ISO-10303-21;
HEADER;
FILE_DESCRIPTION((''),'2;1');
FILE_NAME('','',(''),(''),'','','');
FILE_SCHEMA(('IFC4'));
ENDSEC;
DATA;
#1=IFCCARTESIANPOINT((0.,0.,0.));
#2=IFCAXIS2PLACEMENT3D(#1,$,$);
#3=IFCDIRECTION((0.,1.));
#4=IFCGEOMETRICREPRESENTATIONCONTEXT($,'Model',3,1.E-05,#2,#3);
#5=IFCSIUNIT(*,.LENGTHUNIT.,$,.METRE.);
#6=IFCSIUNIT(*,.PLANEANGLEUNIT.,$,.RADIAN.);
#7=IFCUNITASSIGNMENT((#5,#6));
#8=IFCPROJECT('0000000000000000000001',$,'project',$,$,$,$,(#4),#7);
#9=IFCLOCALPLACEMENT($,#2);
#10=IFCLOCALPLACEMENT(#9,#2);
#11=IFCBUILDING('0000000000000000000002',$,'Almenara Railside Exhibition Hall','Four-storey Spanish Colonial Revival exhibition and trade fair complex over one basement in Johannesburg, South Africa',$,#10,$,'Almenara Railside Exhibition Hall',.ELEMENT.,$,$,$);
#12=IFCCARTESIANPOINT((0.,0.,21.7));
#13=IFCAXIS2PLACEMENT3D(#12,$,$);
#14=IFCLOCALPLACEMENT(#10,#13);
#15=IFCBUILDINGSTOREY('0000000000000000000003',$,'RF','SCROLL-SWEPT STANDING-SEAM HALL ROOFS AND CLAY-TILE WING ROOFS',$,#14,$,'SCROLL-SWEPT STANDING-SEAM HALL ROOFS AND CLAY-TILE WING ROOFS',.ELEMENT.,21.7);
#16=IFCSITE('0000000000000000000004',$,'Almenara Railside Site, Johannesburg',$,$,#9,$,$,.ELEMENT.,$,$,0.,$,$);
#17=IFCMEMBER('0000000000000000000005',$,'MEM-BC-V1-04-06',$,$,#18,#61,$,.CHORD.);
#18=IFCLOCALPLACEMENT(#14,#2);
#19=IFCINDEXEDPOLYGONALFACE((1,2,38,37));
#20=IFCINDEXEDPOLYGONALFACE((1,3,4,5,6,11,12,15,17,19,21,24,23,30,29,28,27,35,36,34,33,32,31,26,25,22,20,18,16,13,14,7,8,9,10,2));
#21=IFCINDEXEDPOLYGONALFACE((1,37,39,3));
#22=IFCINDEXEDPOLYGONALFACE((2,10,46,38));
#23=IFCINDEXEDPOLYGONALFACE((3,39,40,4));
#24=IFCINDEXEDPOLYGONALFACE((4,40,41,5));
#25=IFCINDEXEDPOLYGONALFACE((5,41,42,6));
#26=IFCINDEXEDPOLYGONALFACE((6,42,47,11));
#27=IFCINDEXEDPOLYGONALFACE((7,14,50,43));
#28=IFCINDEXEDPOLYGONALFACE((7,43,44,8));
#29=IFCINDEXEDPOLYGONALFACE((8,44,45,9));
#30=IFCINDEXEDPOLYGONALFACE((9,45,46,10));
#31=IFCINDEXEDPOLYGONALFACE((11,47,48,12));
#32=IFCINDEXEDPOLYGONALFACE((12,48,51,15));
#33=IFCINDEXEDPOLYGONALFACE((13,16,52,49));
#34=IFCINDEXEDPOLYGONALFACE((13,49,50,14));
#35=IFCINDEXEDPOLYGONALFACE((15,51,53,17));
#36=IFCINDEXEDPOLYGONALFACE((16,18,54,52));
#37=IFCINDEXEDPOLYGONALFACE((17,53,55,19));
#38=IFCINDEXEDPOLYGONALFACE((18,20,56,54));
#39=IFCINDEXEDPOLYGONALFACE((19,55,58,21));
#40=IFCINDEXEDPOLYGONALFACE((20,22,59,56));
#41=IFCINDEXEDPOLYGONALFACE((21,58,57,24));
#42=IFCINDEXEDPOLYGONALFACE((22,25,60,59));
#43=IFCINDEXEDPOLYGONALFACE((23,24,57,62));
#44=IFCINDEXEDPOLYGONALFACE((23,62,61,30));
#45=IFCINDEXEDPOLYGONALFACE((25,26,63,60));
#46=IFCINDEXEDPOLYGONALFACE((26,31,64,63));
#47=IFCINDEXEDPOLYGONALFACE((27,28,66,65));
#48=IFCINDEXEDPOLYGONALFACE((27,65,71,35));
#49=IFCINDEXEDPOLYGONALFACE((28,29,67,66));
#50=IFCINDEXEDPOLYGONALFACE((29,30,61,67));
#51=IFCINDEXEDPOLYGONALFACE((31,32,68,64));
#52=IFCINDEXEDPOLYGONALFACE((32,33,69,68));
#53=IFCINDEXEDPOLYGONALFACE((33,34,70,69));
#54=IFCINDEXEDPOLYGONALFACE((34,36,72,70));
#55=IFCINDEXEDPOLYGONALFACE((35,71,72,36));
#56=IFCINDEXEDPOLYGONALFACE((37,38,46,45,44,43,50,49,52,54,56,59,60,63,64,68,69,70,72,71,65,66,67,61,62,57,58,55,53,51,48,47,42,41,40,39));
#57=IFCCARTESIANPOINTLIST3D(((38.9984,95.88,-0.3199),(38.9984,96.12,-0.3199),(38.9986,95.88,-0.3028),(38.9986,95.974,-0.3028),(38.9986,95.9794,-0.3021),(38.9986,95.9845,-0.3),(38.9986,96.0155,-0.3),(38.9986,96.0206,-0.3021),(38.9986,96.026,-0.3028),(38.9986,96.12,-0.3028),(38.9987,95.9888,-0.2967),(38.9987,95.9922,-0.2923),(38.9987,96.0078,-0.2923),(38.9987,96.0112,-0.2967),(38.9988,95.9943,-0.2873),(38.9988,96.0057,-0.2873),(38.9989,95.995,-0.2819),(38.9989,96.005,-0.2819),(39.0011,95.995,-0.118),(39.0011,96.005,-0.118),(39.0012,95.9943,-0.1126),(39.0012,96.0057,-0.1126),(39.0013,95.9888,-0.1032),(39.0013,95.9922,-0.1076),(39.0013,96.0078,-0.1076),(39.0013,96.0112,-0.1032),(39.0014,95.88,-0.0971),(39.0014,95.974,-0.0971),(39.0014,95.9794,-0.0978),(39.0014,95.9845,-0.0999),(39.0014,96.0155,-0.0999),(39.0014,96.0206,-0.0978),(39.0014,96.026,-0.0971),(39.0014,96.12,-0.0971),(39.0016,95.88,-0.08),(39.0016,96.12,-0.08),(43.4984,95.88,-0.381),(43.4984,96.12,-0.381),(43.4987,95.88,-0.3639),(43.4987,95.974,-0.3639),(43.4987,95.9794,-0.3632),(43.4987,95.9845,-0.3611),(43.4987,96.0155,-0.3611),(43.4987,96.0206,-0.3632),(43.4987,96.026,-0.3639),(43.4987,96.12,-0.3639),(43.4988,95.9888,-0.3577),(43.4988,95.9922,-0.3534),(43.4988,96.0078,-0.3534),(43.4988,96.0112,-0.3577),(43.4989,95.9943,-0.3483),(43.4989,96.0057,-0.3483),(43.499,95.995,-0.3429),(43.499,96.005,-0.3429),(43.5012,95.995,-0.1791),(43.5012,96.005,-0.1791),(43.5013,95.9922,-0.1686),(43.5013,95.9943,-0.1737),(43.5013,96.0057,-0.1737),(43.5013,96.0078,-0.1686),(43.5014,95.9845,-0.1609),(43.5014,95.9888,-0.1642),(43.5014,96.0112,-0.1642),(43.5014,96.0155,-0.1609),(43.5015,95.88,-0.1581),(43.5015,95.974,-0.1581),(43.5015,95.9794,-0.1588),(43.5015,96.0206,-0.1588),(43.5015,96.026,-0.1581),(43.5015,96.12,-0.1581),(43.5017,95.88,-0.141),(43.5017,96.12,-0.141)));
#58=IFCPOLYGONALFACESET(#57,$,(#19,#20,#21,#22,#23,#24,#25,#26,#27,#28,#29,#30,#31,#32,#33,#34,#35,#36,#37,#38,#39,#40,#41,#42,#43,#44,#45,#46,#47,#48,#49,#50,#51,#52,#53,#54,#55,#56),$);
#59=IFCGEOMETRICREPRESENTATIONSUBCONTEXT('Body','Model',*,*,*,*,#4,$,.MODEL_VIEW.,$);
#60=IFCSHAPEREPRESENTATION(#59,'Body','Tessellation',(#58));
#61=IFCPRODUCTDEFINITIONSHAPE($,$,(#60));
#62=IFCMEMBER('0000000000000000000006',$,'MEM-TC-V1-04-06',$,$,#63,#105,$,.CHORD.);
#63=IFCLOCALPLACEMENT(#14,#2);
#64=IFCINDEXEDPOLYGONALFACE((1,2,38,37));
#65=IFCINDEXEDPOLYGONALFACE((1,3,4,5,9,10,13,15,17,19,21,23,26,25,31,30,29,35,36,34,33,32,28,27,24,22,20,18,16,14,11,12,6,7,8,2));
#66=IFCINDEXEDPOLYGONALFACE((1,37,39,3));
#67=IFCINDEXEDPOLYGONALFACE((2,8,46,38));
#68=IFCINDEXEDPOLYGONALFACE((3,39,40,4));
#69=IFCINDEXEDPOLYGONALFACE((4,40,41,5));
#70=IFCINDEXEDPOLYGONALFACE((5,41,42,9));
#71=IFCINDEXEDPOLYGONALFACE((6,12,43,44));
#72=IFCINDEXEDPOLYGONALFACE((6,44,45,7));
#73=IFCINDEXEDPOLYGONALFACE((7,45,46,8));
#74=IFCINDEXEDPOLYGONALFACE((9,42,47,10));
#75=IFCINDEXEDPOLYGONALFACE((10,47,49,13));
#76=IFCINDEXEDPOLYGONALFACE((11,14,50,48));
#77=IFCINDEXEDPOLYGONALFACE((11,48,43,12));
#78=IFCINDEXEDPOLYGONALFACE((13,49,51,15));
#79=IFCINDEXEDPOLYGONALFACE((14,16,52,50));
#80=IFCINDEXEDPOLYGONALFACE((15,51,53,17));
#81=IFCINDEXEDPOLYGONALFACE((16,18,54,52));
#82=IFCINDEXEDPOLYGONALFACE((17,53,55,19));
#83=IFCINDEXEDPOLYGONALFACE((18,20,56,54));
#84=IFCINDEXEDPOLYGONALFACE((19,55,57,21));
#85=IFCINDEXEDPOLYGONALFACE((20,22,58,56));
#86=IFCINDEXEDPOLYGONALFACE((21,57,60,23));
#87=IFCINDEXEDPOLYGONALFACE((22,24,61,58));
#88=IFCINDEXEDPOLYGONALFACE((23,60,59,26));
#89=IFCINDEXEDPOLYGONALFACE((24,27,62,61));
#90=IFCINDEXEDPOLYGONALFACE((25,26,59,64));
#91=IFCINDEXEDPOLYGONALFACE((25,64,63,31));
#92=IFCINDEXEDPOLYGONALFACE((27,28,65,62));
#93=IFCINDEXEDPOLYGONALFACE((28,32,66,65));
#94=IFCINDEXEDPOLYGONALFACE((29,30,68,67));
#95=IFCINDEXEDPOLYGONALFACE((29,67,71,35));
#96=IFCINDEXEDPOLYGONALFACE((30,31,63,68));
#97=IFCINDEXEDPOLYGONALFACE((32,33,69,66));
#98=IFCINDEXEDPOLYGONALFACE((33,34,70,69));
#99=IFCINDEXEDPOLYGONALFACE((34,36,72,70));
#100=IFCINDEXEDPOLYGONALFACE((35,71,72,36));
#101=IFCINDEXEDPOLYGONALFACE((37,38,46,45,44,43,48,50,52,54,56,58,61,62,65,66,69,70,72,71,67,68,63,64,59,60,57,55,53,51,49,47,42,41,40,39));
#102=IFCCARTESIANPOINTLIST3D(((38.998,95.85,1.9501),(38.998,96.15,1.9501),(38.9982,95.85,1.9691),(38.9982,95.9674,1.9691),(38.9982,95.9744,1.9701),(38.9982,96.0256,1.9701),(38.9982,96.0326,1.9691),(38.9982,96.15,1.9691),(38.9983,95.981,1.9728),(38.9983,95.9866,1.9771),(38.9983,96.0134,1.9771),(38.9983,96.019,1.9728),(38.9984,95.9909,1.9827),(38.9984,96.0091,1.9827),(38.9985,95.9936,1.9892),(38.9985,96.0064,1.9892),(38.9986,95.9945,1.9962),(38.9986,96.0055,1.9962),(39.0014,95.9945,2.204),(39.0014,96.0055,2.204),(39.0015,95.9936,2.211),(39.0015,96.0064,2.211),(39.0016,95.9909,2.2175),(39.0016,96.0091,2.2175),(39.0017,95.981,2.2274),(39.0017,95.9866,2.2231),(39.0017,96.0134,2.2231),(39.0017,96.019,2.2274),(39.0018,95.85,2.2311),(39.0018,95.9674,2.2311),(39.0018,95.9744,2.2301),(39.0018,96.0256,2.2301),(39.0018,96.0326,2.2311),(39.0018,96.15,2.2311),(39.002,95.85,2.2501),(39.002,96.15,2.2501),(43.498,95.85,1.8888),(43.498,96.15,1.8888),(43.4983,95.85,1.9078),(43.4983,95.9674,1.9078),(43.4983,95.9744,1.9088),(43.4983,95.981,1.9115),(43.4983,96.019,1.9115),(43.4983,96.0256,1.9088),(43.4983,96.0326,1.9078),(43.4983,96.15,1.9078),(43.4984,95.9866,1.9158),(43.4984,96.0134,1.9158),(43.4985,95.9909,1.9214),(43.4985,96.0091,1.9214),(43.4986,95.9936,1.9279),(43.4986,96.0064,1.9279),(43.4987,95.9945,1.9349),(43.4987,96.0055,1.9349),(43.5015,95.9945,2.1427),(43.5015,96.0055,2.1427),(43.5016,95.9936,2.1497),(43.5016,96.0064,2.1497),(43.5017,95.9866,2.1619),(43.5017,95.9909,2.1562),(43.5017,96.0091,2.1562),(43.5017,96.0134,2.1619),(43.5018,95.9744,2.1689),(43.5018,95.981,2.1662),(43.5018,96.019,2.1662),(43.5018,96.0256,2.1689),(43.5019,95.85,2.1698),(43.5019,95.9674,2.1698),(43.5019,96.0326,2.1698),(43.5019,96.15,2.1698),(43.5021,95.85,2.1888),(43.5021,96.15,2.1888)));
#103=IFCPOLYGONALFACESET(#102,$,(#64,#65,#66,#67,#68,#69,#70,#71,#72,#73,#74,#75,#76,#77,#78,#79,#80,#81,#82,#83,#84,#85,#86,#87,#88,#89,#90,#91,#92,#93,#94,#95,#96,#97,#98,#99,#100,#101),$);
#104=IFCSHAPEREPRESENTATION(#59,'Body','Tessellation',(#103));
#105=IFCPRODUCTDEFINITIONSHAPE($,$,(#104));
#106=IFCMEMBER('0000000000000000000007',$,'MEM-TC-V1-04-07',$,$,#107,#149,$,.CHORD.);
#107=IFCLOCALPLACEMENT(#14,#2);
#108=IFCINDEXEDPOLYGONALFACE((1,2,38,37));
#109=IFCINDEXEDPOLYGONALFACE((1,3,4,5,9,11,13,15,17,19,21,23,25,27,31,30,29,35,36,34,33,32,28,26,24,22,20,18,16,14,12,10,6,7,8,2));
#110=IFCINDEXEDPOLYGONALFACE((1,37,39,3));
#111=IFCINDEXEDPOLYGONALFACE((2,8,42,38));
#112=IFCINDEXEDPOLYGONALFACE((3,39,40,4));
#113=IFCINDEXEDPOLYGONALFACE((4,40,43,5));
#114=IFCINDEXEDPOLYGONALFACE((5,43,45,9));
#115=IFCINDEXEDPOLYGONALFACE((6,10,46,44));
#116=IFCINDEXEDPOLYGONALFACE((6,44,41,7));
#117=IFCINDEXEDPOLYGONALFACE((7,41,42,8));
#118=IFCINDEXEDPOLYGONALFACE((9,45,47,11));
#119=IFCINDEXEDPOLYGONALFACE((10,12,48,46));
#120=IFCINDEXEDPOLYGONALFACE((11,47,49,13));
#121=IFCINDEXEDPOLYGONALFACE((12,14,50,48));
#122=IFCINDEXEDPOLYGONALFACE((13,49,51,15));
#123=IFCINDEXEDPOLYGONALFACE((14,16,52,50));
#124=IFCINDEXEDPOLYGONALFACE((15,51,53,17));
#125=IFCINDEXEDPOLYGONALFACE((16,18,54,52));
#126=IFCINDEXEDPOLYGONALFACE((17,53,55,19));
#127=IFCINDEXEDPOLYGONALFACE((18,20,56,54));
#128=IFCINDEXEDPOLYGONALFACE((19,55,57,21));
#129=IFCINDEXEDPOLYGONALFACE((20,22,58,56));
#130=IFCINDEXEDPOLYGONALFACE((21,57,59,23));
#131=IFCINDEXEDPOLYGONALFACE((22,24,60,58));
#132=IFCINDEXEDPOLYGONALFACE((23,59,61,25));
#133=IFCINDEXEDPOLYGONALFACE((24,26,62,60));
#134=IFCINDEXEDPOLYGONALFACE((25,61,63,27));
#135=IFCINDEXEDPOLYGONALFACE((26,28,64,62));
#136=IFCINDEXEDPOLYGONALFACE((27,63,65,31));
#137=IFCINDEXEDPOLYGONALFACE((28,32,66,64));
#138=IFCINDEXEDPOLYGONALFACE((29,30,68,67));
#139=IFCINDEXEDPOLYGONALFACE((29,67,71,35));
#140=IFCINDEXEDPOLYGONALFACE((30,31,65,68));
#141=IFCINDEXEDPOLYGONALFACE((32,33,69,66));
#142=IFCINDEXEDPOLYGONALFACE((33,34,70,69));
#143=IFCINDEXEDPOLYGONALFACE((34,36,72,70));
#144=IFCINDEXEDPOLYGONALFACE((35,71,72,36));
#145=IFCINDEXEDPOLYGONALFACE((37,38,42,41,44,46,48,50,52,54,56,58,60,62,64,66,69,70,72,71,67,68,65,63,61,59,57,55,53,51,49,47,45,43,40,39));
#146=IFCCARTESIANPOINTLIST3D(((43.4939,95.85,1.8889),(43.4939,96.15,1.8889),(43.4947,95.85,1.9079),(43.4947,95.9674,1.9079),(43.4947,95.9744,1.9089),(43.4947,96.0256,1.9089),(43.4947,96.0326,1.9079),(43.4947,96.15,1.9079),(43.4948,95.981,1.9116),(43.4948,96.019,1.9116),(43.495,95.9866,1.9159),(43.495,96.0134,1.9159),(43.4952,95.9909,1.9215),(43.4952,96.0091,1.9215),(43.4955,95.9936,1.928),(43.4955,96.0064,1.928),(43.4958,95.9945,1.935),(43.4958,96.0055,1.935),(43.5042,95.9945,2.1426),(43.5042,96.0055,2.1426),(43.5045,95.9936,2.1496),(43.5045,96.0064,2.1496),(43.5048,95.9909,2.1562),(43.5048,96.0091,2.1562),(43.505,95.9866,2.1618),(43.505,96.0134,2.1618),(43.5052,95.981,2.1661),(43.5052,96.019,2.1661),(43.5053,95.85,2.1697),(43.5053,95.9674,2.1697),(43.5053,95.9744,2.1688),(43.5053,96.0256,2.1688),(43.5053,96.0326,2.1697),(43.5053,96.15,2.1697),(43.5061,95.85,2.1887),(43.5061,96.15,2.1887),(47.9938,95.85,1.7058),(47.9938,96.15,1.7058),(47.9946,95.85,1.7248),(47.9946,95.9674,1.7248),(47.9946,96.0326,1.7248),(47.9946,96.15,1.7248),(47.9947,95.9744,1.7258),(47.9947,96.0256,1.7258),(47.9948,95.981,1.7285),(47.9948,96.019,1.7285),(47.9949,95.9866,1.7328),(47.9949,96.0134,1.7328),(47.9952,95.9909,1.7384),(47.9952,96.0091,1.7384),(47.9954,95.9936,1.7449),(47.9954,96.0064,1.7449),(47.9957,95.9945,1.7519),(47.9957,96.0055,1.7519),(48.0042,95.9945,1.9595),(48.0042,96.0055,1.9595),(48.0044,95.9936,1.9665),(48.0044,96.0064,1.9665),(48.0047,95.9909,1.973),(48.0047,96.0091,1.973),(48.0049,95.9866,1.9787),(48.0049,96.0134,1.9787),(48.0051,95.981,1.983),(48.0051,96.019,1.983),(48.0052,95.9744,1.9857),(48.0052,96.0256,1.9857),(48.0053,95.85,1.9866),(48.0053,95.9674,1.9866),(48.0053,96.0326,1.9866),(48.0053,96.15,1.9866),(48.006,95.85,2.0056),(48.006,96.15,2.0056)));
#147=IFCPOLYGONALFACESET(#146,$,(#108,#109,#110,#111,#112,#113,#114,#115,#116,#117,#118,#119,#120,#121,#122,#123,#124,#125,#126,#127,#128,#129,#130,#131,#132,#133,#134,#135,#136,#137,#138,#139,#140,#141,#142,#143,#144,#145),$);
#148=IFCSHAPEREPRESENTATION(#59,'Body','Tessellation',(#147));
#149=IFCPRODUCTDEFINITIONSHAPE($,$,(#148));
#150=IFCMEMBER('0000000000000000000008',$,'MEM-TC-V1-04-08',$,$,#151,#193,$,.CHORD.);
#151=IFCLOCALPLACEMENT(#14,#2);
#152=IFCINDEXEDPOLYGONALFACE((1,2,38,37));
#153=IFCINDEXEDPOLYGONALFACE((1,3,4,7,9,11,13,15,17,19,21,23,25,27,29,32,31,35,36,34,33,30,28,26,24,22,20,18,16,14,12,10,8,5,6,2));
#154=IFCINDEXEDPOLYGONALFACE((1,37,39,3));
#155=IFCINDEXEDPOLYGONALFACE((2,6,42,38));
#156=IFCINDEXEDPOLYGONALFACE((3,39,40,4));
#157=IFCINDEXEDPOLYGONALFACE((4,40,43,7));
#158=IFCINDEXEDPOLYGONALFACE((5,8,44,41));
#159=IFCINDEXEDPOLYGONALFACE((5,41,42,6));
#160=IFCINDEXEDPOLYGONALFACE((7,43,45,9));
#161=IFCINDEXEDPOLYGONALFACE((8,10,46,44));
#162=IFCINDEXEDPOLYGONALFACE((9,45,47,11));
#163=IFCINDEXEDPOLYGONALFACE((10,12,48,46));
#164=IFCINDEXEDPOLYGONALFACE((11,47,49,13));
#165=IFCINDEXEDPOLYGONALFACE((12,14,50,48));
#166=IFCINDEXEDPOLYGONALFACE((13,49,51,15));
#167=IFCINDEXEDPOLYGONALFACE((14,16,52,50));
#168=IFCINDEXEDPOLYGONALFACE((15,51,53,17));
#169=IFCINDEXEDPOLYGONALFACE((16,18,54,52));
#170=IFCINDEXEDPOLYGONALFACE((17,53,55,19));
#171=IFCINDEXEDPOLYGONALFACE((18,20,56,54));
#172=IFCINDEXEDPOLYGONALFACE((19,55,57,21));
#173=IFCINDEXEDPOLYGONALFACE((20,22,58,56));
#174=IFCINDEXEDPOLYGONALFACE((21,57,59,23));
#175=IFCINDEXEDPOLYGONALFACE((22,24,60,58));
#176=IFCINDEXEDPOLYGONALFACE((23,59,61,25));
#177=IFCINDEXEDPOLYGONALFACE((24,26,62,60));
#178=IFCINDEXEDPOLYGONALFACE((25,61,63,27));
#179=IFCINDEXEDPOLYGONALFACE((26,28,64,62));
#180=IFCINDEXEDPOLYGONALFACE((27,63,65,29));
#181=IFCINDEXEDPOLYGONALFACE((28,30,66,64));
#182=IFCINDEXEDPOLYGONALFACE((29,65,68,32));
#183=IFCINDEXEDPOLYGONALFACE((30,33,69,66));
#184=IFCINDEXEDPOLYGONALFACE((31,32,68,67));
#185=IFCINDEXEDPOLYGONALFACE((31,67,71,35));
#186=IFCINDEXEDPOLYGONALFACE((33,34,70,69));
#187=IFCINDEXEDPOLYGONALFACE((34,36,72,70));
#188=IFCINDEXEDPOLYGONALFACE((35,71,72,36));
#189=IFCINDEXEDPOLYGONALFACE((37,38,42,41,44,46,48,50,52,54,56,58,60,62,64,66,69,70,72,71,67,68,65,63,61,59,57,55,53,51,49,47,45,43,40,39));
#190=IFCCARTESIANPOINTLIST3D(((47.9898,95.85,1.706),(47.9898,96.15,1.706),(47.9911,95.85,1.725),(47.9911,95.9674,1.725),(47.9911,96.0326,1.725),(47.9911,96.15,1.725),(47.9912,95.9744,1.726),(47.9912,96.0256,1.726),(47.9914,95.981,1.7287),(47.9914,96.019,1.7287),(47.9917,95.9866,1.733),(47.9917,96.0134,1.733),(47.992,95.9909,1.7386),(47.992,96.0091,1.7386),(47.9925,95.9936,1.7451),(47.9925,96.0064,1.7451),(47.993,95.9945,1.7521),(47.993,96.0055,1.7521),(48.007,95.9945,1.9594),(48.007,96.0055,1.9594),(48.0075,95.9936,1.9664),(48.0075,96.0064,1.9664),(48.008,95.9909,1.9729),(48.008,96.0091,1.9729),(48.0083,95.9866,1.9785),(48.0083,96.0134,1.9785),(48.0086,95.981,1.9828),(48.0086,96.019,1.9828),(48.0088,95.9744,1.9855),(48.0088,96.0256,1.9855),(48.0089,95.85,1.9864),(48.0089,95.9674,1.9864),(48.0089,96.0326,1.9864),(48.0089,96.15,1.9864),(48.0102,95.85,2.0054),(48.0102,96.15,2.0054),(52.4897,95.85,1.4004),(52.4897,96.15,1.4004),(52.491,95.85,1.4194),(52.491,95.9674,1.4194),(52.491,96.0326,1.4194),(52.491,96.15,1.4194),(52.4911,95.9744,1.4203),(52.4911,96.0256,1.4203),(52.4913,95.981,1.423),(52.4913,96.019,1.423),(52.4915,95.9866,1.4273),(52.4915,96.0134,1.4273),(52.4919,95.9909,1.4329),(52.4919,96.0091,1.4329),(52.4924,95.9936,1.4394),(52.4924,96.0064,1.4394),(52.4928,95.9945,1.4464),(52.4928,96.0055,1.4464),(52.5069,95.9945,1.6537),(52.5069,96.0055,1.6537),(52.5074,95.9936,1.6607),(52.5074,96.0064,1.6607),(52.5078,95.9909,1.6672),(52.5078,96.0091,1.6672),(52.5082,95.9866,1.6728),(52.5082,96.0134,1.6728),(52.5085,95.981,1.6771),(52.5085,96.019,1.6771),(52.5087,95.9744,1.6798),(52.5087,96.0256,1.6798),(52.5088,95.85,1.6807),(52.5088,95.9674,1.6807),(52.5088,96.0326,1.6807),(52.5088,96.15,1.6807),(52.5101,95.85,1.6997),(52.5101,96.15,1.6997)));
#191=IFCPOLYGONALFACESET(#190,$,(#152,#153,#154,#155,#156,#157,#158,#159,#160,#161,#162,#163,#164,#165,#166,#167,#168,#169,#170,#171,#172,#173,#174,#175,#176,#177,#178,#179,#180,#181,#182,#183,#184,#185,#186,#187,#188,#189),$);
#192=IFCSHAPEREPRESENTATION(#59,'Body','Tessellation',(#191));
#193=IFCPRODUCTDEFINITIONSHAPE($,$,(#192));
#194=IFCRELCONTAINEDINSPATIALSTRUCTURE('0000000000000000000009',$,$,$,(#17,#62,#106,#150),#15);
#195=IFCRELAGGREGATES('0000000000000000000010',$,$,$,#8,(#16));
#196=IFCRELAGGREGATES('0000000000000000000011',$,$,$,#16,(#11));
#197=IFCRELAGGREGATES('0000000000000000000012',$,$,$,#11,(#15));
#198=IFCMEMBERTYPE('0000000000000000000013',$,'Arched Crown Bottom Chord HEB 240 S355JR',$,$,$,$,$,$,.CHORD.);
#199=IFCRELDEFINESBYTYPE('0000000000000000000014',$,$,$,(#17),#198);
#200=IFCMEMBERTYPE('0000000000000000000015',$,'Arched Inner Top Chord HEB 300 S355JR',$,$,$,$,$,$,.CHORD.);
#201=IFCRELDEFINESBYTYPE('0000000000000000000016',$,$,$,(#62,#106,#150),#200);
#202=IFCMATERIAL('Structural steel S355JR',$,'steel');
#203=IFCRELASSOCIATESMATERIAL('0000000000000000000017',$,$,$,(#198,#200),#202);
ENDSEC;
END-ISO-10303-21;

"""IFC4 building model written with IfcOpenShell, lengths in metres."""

from ifc_helpers import new_model, si_unit, direction, frame, origin, origin_2d, place, context, subcontext, project, spatial, i_section, extrude, material, material_profile, profile_set, type_object, element, save


model = new_model("IFC4")

# Units and contexts
model_context = context("Model", 3, precision=1e-05, world=origin(), true_north=direction((0.0, 1.0)))
body_context = subcontext(model_context, "Body", "Model", "MODEL_VIEW")
ifc_project = project(units=[si_unit("LENGTHUNIT", "METRE"), si_unit("PLANEANGLEUNIT", "RADIAN")], contexts=[model_context])

# Site, building, storey
site_placement = place(None, origin())
site = spatial("IfcSite", under=ifc_project, at=site_placement, Name="Almenara Railside Site, Johannesburg", CompositionType="ELEMENT", RefElevation=0.0)
building_placement = place(site_placement, origin())
building = spatial("IfcBuilding", under=site, at=building_placement, Name="Almenara Railside Exhibition Hall", Description="Four-storey Spanish Colonial Revival exhibition and trade fair complex over one basement in Johannesburg, South Africa", LongName="Almenara Railside Exhibition Hall", CompositionType="ELEMENT")
storey_placement = place(building_placement, frame((0.0, 0.0, 21.7)))
storey = spatial("IfcBuildingStorey", under=building, at=storey_placement, Name="RF", Description="SCROLL-SWEPT STANDING-SEAM HALL ROOFS AND CLAY-TILE WING ROOFS", LongName="SCROLL-SWEPT STANDING-SEAM HALL ROOFS AND CLAY-TILE WING ROOFS", CompositionType="ELEMENT", Elevation=21.7)

# Members
ifc_material_1 = material(Name="Structural steel S355JR", Category="steel")
ifc_material_profile_1 = material_profile(ifc_material_1, i_section(OverallWidth=0.24, OverallDepth=0.24, WebThickness=0.01, FlangeThickness=0.0171, FilletRadius=0.021, at=origin_2d()), Name="HEB 240")
ifc_profile_set_1 = profile_set([ifc_material_profile_1], Name="Structural steel S355JR")
member_type_1 = type_object("IfcMemberType", Name="Arched Crown Bottom Chord HEB 240 S355JR", PredefinedType="CHORD", material=ifc_profile_set_1)
member_1_placement = place(storey_placement, frame((39.0, 96.0, -0.2), z_axis=(0.999908, 0.0, -0.013562), x_axis=(0.0, 1.0, 0.0)))
element("IfcMember", 1, at=member_1_placement, inside=storey, type_object=member_type_1, Name="MEM-BC-V1-04-06", PredefinedType="CHORD", context=body_context, shape_type="SweptSolid", body=[
    extrude(i_section(OverallWidth=0.24, OverallDepth=0.24, WebThickness=0.01, FlangeThickness=0.0171, FilletRadius=0.021, at=origin_2d()), origin(), (0.0, 0.0, 1.0), 4.5005),
])
ifc_material_profile_2 = material_profile(ifc_material_1, i_section(OverallWidth=0.3, OverallDepth=0.3, WebThickness=0.011, FlangeThickness=0.019, FilletRadius=0.0271, at=origin_2d()), Name="HEB 300")
ifc_profile_set_2 = profile_set([ifc_material_profile_2], Name="Structural steel S355JR")
member_type_2 = type_object("IfcMemberType", Name="Arched Inner Top Chord HEB 300 S355JR", PredefinedType="CHORD", material=ifc_profile_set_2)
member_2_placement = place(storey_placement, frame((39.0, 96.0, 2.1001), z_axis=(0.999907, 0.0, -0.013616), x_axis=(0.0, 1.0, 0.0)))
element("IfcMember", 2, at=member_2_placement, inside=storey, type_object=member_type_2, Name="MEM-TC-V1-04-06", PredefinedType="CHORD", context=body_context, shape_type="SweptSolid", body=[
    extrude(i_section(OverallWidth=0.3, OverallDepth=0.3, WebThickness=0.011, FlangeThickness=0.019, FilletRadius=0.0271, at=origin_2d()), origin(), (0.0, 0.0, 1.0), 4.5005),
])
member_3_placement = place(storey_placement, frame((43.5, 96.0, 2.0388), z_axis=(0.999173, 0.0, -0.040656), x_axis=(0.0, 1.0, 0.0)))
element("IfcMember", 3, at=member_3_placement, inside=storey, type_object=member_type_2, Name="MEM-TC-V1-04-07", PredefinedType="CHORD", context=body_context, shape_type="SweptSolid", body=[
    extrude(i_section(OverallWidth=0.3, OverallDepth=0.3, WebThickness=0.011, FlangeThickness=0.019, FilletRadius=0.0271, at=origin_2d()), origin(), (0.0, 0.0, 1.0), 4.5037),
])
member_4_placement = place(storey_placement, frame((48.0, 96.0, 1.8557), z_axis=(0.997701, 0.0, -0.067769), x_axis=(0.0, 1.0, 0.0)))
element("IfcMember", 4, at=member_4_placement, inside=storey, type_object=member_type_2, Name="MEM-TC-V1-04-08", PredefinedType="CHORD", context=body_context, shape_type="SweptSolid", body=[
    extrude(i_section(OverallWidth=0.3, OverallDepth=0.3, WebThickness=0.011, FlangeThickness=0.019, FilletRadius=0.0271, at=origin_2d()), origin(), (0.0, 0.0, 1.0), 4.5103),
])

save(model, "model.ifc")
